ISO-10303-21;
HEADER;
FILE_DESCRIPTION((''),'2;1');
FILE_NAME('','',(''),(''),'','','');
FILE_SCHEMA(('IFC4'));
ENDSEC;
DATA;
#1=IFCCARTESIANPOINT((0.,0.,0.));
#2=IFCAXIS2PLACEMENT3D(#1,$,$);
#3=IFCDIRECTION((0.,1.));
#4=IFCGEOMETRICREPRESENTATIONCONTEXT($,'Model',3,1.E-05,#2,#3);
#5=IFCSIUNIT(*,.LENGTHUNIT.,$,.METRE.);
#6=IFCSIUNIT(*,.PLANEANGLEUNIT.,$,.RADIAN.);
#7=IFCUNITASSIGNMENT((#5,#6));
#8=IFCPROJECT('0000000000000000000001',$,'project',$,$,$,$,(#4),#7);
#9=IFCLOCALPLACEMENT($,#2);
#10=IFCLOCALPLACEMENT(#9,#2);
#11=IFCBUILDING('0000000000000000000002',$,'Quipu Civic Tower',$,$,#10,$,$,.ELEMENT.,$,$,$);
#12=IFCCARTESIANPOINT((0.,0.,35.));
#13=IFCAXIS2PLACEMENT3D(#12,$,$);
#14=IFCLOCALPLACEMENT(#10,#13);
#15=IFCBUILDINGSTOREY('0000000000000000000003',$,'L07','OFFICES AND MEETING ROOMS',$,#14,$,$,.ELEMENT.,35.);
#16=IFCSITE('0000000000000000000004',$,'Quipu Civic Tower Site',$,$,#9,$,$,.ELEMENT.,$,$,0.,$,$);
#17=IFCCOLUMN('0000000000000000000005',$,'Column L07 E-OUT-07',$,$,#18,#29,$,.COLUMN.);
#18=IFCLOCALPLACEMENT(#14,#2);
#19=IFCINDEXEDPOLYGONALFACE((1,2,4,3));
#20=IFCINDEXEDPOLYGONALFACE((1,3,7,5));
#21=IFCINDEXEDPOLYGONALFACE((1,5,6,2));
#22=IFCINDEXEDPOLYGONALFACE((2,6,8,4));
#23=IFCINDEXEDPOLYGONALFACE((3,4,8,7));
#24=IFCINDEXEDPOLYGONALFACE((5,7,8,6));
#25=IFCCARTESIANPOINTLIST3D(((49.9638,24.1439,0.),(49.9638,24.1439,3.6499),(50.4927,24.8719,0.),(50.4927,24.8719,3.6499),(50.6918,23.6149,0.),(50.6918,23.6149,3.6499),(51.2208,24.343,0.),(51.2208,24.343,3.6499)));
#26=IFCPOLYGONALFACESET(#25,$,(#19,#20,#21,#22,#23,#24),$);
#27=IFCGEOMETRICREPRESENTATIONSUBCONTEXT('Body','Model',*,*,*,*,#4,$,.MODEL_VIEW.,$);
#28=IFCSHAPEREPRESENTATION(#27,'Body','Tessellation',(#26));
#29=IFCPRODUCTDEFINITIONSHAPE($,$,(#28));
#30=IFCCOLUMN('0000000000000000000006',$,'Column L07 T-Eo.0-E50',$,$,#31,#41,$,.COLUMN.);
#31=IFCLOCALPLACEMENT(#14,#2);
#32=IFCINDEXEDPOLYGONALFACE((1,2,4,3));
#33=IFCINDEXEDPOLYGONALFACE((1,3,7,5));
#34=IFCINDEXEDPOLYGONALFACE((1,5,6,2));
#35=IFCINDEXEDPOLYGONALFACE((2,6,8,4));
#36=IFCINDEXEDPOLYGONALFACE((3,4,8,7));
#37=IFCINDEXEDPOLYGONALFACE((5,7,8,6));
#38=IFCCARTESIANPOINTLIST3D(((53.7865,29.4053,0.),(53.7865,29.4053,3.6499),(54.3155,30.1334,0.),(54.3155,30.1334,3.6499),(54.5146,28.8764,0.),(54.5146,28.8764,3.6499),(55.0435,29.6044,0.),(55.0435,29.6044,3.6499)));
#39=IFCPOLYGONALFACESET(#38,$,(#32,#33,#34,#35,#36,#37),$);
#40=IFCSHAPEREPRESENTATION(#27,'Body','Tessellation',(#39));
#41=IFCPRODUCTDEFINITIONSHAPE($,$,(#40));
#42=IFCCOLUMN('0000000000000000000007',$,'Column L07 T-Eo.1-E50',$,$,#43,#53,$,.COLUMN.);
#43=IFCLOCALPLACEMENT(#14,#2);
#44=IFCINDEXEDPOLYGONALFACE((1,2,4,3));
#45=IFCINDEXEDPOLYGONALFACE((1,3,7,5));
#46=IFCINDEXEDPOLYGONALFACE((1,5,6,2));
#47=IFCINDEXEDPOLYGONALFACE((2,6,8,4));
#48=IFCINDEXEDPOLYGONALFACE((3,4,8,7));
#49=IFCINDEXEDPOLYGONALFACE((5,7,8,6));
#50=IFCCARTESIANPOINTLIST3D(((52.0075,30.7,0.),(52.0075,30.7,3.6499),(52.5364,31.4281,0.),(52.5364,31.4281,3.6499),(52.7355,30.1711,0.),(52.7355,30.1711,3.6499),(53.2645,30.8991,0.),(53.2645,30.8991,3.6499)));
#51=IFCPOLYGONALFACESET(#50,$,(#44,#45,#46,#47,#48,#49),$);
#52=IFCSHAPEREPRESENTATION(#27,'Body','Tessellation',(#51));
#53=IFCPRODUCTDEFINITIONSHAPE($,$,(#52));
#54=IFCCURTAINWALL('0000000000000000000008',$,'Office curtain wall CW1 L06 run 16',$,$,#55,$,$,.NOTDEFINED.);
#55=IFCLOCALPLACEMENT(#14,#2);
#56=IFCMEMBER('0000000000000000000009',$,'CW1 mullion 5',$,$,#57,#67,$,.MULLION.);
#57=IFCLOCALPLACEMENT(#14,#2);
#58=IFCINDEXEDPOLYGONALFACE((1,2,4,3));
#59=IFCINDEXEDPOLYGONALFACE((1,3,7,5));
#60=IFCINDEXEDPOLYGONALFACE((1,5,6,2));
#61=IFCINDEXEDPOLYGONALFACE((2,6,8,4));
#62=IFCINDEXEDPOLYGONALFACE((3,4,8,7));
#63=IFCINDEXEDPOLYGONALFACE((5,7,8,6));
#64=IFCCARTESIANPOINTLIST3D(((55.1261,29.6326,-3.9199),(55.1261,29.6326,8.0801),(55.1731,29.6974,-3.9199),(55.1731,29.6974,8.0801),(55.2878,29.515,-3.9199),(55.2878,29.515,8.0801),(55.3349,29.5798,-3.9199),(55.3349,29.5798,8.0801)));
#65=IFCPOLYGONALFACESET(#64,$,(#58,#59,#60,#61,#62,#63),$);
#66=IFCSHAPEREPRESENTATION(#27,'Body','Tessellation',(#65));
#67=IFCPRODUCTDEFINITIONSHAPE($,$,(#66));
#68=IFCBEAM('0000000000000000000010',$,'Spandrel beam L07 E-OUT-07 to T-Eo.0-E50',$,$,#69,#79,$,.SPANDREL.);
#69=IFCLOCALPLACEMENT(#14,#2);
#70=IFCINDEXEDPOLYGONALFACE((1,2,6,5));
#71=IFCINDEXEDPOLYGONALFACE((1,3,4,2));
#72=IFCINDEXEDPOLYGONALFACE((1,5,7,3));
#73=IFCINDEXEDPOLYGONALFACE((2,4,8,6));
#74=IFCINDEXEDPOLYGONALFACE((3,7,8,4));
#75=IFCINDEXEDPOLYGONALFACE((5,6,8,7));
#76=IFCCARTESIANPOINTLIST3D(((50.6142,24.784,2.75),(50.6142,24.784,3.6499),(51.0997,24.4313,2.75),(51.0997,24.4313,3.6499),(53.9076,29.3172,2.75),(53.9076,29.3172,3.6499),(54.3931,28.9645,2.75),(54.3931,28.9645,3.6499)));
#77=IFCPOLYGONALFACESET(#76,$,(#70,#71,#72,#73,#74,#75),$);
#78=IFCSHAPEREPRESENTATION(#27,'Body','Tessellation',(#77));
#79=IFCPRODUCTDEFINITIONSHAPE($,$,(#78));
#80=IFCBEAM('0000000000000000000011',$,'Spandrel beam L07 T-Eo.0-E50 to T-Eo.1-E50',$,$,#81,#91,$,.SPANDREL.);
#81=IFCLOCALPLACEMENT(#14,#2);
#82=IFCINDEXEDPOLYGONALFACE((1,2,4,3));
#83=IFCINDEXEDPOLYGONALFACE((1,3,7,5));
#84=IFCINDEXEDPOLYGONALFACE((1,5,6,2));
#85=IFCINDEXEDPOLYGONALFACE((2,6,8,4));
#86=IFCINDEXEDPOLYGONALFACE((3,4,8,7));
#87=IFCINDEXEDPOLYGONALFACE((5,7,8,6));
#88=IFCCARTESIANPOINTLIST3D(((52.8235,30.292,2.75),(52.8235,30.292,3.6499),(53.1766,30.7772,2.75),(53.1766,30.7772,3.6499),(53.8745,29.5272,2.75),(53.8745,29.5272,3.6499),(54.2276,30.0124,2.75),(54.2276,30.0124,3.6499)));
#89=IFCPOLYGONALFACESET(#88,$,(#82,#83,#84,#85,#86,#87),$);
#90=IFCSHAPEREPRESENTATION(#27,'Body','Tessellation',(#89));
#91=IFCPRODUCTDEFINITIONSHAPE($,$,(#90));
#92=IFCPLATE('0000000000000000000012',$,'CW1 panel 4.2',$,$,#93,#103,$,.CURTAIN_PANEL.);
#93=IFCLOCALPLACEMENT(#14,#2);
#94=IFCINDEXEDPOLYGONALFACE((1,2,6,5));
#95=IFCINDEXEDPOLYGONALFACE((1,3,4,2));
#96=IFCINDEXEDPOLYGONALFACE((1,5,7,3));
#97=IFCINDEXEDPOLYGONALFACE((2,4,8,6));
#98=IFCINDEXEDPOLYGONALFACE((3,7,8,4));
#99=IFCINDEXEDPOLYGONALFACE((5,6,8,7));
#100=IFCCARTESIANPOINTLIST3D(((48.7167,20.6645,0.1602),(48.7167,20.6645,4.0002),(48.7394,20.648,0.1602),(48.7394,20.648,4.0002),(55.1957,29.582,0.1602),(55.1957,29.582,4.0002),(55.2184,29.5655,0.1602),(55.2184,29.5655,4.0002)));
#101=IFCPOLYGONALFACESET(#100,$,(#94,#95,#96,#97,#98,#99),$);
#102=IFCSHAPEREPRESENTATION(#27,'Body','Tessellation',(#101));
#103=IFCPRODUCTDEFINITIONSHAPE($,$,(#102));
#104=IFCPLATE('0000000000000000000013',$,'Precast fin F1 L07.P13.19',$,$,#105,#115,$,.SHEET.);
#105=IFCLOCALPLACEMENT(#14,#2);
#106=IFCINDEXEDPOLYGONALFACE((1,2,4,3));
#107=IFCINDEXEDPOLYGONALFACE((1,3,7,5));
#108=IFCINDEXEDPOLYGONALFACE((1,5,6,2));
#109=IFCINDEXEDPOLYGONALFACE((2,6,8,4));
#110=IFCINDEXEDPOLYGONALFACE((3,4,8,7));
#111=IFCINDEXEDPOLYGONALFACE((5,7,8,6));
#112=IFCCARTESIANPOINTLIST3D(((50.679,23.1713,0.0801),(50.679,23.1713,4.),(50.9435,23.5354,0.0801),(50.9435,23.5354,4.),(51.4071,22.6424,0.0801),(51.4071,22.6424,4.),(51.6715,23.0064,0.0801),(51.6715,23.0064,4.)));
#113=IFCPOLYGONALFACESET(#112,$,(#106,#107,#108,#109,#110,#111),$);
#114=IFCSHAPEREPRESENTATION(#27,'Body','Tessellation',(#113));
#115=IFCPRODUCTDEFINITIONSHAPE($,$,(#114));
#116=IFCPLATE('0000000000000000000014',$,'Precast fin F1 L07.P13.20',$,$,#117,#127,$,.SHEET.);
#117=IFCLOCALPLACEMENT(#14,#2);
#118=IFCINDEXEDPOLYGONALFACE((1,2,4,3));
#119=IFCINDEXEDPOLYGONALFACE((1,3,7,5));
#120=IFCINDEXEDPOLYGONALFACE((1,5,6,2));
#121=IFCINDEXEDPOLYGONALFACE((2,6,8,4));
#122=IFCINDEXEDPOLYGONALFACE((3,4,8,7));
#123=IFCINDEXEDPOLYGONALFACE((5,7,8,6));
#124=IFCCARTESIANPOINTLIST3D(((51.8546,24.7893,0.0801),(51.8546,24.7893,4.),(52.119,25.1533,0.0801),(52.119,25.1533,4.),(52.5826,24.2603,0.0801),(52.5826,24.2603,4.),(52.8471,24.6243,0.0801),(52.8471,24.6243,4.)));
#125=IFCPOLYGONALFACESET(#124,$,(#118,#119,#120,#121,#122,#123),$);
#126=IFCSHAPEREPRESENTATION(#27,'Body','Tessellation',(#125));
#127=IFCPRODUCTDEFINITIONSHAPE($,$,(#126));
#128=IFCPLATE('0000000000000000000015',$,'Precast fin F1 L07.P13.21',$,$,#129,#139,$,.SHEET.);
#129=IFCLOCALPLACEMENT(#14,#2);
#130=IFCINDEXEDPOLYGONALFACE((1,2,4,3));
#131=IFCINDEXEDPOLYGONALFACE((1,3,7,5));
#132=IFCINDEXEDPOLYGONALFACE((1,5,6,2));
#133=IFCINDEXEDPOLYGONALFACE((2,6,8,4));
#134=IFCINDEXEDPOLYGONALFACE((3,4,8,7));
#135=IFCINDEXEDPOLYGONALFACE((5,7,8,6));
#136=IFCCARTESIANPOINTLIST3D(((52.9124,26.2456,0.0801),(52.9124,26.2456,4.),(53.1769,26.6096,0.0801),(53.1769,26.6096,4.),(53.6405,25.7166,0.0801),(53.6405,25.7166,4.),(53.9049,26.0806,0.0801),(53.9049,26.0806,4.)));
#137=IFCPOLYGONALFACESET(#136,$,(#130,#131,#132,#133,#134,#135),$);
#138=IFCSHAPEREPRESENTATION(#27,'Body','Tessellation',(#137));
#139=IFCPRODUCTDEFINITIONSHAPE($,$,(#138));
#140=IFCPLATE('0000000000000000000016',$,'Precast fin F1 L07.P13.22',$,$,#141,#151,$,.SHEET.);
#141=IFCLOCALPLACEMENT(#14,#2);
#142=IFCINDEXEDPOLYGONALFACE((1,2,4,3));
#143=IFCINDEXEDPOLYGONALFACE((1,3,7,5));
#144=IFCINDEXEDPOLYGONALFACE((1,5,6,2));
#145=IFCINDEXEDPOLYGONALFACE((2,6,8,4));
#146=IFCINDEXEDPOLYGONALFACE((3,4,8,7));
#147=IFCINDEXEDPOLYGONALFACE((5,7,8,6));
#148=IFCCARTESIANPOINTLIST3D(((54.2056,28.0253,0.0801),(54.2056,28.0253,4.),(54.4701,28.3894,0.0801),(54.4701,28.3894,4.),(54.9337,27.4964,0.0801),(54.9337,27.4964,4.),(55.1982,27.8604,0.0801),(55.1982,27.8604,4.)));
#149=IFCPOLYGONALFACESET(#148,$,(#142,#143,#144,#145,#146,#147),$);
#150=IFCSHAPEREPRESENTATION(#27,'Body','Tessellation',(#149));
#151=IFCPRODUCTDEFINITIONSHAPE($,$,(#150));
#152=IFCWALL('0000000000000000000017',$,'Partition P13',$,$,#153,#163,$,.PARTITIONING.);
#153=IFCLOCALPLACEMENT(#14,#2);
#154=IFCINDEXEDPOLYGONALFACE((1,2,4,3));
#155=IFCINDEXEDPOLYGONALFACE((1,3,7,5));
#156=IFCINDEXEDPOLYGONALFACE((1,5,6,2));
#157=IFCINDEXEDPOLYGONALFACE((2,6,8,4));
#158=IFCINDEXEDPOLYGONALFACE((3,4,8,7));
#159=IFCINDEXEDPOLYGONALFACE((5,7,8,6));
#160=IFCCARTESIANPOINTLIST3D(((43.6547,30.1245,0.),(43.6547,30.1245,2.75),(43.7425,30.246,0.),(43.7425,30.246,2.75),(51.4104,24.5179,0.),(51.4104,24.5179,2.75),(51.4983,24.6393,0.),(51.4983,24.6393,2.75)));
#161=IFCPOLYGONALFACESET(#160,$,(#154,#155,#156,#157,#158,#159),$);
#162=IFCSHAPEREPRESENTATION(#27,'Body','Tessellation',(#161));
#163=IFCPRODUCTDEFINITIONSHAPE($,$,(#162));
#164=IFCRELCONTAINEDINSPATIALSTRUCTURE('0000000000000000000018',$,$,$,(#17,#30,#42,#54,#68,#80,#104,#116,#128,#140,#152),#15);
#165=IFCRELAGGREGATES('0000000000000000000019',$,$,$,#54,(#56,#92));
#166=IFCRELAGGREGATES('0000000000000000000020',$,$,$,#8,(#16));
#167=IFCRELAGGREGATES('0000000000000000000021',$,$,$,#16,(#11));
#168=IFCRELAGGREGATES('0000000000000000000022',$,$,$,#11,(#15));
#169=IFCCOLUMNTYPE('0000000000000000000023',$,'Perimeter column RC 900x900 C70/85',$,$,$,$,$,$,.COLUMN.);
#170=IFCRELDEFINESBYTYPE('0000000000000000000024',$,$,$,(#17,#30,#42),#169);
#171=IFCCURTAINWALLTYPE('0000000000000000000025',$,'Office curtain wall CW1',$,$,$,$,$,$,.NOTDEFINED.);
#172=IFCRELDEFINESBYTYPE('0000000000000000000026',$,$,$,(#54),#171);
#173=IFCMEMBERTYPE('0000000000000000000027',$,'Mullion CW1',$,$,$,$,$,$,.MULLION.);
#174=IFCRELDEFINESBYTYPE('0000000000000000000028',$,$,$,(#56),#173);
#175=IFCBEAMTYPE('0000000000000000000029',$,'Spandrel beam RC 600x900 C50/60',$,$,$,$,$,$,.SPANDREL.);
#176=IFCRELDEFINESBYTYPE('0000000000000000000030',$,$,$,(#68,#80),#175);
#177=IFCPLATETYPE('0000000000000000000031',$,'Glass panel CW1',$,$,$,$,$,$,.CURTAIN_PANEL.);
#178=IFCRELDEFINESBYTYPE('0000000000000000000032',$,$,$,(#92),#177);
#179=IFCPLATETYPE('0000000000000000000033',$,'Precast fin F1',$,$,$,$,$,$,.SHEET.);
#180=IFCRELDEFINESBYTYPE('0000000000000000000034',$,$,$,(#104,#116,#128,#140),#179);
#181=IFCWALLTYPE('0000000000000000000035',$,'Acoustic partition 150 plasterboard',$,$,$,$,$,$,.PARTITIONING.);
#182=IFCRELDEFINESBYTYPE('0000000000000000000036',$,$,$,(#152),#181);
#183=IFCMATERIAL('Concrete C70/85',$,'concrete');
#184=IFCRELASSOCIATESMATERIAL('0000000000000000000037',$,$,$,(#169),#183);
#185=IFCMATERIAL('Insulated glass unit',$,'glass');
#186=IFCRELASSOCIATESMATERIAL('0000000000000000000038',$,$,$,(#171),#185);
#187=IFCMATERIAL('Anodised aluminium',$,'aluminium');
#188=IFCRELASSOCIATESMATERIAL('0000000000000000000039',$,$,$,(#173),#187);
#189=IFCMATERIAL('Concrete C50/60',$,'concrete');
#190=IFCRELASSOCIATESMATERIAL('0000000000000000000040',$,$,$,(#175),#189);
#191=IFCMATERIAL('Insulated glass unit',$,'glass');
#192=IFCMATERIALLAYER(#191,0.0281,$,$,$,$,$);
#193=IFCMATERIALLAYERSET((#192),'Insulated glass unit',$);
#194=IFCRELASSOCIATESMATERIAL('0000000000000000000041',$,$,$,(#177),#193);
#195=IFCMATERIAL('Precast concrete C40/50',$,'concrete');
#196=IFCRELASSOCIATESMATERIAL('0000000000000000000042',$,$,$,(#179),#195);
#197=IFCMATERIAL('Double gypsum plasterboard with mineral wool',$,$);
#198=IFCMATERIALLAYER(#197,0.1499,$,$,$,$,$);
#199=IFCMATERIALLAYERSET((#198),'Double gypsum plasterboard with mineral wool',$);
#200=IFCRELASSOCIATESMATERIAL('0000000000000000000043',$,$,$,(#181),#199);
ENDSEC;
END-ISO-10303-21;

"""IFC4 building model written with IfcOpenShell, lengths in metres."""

from ifc_helpers import new_model, si_unit, direction, frame, frame_2d, origin, origin_2d, place, context, subcontext, project, spatial, rectangle, extrude, material, layer, layer_set, material_profile, profile_set, type_object, element, aggregate, save


model = new_model("IFC4")

# Units and contexts
model_context = context("Model", 3, precision=1e-05, world=origin(), true_north=direction((0.0, 1.0)))
body_context = subcontext(model_context, "Body", "Model", "MODEL_VIEW")
ifc_project = project(units=[si_unit("LENGTHUNIT", "METRE"), si_unit("PLANEANGLEUNIT", "RADIAN")], contexts=[model_context])

# Site, building, storey
site_placement = place(None, origin())
site = spatial("IfcSite", under=ifc_project, at=site_placement, Name="Quipu Civic Tower Site", CompositionType="ELEMENT", RefElevation=0.0)
building_placement = place(site_placement, origin())
building = spatial("IfcBuilding", under=site, at=building_placement, Name="Quipu Civic Tower", CompositionType="ELEMENT")
storey_placement = place(building_placement, frame((0.0, 0.0, 35.0)))
storey = spatial("IfcBuildingStorey", under=building, at=storey_placement, Name="L07", Description="OFFICES AND MEETING ROOMS", CompositionType="ELEMENT", Elevation=35.0)

# Columns
ifc_material_1 = material(Name="Concrete C70/85", Category="concrete")
ifc_material_profile_1 = material_profile(ifc_material_1, rectangle(XDim=0.8999, YDim=0.8999, at=origin_2d()), Name="RC900x900")
ifc_profile_set_1 = profile_set([ifc_material_profile_1], Name="Concrete C70/85")
column_type = type_object("IfcColumnType", Name="Perimeter column RC 900x900 C70/85", PredefinedType="COLUMN", material=ifc_profile_set_1)
for number, where, z_axis, x_axis, name in (
    (1, (50.5923, 24.2434, 0.0), (0.0, 0.0, 1.0), (0.587785, 0.809017, 0.0), "Column L07 E-OUT-07"),
    (2, (54.415, 29.5049, 0.0), (0.0, 0.0, 1.0), (0.587785, 0.809017, 0.0), "Column L07 T-Eo.0-E50"),
    (3, (52.636, 30.7996, 0.0), (0.0, 0.0, 1.0), (-0.809017, 0.587785, 0.0), "Column L07 T-Eo.1-E50"),
):
    element("IfcColumn", number, at=place(storey_placement, frame(where, z_axis=z_axis, x_axis=x_axis)), inside=storey, type_object=column_type, Name=name, PredefinedType="COLUMN", context=body_context, shape_type="SweptSolid", body=[
        extrude(rectangle(XDim=0.8999, YDim=0.8999, at=origin_2d()), origin(), (0.0, 0.0, 1.0), 3.6499),
    ])

# Curtain wall, member
ifc_material_2 = material(Name="Insulated glass unit", Category="glass")
curtain_wall_type = type_object("IfcCurtainWallType", Name="Office curtain wall CW1", PredefinedType="NOTDEFINED", material=ifc_material_2)
curtain_wall_placement = place(storey_placement, origin())
curtain_wall = element("IfcCurtainWall", 4, at=curtain_wall_placement, inside=storey, type_object=curtain_wall_type, Name="Office curtain wall CW1 L06 run 16", PredefinedType="NOTDEFINED")
ifc_material_3 = material(Name="Anodised aluminium", Category="aluminium")
ifc_material_profile_2 = material_profile(ifc_material_3, rectangle(XDim=0.2, YDim=0.0801, at=origin_2d()), Name="RECT 200x80")
ifc_profile_set_2 = profile_set([ifc_material_profile_2], Name="Anodised aluminium")
member_type = type_object("IfcMemberType", Name="Mullion CW1", PredefinedType="MULLION", material=ifc_profile_set_2)
member_placement = place(storey_placement, frame((55.2305, 29.6062, -3.9199), z_axis=(0.0, 0.0, 1.0), x_axis=(-0.809017, 0.587786, 0.0)))
member = element("IfcMember", 5, at=member_placement, type_object=member_type, Name="CW1 mullion 5", PredefinedType="MULLION", context=body_context, shape_type="SweptSolid", body=[
    extrude(rectangle(XDim=0.2, YDim=0.0801, at=origin_2d()), origin(), (0.0, 0.0, 1.0), 12.0),
])

# Beams
ifc_material_4 = material(Name="Concrete C50/60", Category="concrete")
ifc_material_profile_3 = material_profile(ifc_material_4, rectangle(XDim=0.6001, YDim=0.8999, at=origin_2d()), Name="RC600x900")
ifc_profile_set_3 = profile_set([ifc_material_profile_3], Name="Concrete C50/60")
beam_type = type_object("IfcBeamType", Name="Spandrel beam RC 600x900 C50/60", PredefinedType="SPANDREL", material=ifc_profile_set_3)
beam_1_placement = place(storey_placement, frame((50.8569, 24.6077, 3.2), z_axis=(0.587773, 0.809026, 0.0), x_axis=(-0.809026, 0.587773, 0.0)))
element("IfcBeam", 6, at=beam_1_placement, inside=storey, type_object=beam_type, Name="Spandrel beam L07 E-OUT-07 to T-Eo.0-E50", PredefinedType="SPANDREL", context=body_context, shape_type="SweptSolid", body=[
    extrude(rectangle(XDim=0.6001, YDim=0.8999, at=origin_2d()), origin(), (0.0, 0.0, 1.0), 5.6033),
])
beam_2_placement = place(storey_placement, frame((54.051, 29.7698, 3.2), z_axis=(-0.808549, 0.588429, 0.0), x_axis=(-0.588429, -0.808549, 0.0)))
element("IfcBeam", 7, at=beam_2_placement, inside=storey, type_object=beam_type, Name="Spandrel beam L07 T-Eo.0-E50 to T-Eo.1-E50", PredefinedType="SPANDREL", context=body_context, shape_type="SweptSolid", body=[
    extrude(rectangle(XDim=0.6001, YDim=0.8999, at=origin_2d()), origin(), (0.0, 0.0, 1.0), 1.2998),
])

# Plate
ifc_material_5 = material(Name="Insulated glass unit", Category="glass")
ifc_layer_1 = layer(ifc_material_5, 0.0281)
ifc_layer_set_1 = layer_set([ifc_layer_1], Name="Insulated glass unit")
plate_type_1 = type_object("IfcPlateType", Name="Glass panel CW1", PredefinedType="CURTAIN_PANEL", material=ifc_layer_set_1)
plate_placement = place(storey_placement, frame((51.9675, 25.115, 0.1602), z_axis=(0.0, 0.0, 1.0), x_axis=(0.587786, 0.809017, 0.0)))
plate = element("IfcPlate", 8, at=plate_placement, type_object=plate_type_1, Name="CW1 panel 4.2", PredefinedType="CURTAIN_PANEL", context=body_context, shape_type="SweptSolid", body=[
    extrude(rectangle(XDim=11.0227, YDim=0.0281, at=origin_2d()), origin(), (0.0, 0.0, 1.0), 3.8401),
])
aggregate(curtain_wall, [member, plate])

# Plates
ifc_material_6 = material(Name="Precast concrete C40/50", Category="concrete")
plate_type_2 = type_object("IfcPlateType", Name="Precast fin F1", PredefinedType="SHEET", material=ifc_material_6)
for number, where, z_axis, x_axis, name in (
    (9, (51.1753, 23.0889, 0.0801), (0.0, 0.0, 1.0), (0.587786, 0.809017, 0.0), "Precast fin F1 L07.P13.19"),
    (10, (52.3508, 24.7068, 0.0801), (0.0, 0.0, 1.0), (0.587786, 0.809017, 0.0), "Precast fin F1 L07.P13.20"),
    (11, (53.4087, 26.1631, 0.0801), (0.0, 0.0, 1.0), (0.587786, 0.809017, 0.0), "Precast fin F1 L07.P13.21"),
    (12, (54.7019, 27.9429, 0.0801), (0.0, 0.0, 1.0), (0.587786, 0.809017, 0.0), "Precast fin F1 L07.P13.22"),
):
    element("IfcPlate", number, at=place(storey_placement, frame(where, z_axis=z_axis, x_axis=x_axis)), inside=storey, type_object=plate_type_2, Name=name, PredefinedType="SHEET", context=body_context, shape_type="SweptSolid", body=[
        extrude(rectangle(XDim=0.45, YDim=0.8999, at=origin_2d()), origin(), (0.0, 0.0, 1.0), 3.9199),
    ])

# Wall
ifc_material_7 = material(Name="Double gypsum plasterboard with mineral wool")
ifc_layer_2 = layer(ifc_material_7, 0.1499)
ifc_layer_set_2 = layer_set([ifc_layer_2], Name="Double gypsum plasterboard with mineral wool")
wall_type_1 = type_object("IfcWallType", Name="Acoustic partition 150 plasterboard", PredefinedType="PARTITIONING", material=ifc_layer_set_2)
wall_1_placement = place(storey_placement, frame((43.6985, 30.1853, 0.0), z_axis=(0.0, 0.0, 1.0), x_axis=(0.810419, -0.58585, 0.0)))
element("IfcWall", 13, at=wall_1_placement, inside=storey, type_object=wall_type_1, Name="Partition P13", PredefinedType="PARTITIONING", context=body_context, shape_type="SweptSolid", body=[
    extrude(rectangle(XDim=9.5701, YDim=0.1499, at=frame_2d((4.7852, 0.0))), origin(), (0.0, 0.0, 1.0), 2.75),
])

save(model, "model.ifc")
